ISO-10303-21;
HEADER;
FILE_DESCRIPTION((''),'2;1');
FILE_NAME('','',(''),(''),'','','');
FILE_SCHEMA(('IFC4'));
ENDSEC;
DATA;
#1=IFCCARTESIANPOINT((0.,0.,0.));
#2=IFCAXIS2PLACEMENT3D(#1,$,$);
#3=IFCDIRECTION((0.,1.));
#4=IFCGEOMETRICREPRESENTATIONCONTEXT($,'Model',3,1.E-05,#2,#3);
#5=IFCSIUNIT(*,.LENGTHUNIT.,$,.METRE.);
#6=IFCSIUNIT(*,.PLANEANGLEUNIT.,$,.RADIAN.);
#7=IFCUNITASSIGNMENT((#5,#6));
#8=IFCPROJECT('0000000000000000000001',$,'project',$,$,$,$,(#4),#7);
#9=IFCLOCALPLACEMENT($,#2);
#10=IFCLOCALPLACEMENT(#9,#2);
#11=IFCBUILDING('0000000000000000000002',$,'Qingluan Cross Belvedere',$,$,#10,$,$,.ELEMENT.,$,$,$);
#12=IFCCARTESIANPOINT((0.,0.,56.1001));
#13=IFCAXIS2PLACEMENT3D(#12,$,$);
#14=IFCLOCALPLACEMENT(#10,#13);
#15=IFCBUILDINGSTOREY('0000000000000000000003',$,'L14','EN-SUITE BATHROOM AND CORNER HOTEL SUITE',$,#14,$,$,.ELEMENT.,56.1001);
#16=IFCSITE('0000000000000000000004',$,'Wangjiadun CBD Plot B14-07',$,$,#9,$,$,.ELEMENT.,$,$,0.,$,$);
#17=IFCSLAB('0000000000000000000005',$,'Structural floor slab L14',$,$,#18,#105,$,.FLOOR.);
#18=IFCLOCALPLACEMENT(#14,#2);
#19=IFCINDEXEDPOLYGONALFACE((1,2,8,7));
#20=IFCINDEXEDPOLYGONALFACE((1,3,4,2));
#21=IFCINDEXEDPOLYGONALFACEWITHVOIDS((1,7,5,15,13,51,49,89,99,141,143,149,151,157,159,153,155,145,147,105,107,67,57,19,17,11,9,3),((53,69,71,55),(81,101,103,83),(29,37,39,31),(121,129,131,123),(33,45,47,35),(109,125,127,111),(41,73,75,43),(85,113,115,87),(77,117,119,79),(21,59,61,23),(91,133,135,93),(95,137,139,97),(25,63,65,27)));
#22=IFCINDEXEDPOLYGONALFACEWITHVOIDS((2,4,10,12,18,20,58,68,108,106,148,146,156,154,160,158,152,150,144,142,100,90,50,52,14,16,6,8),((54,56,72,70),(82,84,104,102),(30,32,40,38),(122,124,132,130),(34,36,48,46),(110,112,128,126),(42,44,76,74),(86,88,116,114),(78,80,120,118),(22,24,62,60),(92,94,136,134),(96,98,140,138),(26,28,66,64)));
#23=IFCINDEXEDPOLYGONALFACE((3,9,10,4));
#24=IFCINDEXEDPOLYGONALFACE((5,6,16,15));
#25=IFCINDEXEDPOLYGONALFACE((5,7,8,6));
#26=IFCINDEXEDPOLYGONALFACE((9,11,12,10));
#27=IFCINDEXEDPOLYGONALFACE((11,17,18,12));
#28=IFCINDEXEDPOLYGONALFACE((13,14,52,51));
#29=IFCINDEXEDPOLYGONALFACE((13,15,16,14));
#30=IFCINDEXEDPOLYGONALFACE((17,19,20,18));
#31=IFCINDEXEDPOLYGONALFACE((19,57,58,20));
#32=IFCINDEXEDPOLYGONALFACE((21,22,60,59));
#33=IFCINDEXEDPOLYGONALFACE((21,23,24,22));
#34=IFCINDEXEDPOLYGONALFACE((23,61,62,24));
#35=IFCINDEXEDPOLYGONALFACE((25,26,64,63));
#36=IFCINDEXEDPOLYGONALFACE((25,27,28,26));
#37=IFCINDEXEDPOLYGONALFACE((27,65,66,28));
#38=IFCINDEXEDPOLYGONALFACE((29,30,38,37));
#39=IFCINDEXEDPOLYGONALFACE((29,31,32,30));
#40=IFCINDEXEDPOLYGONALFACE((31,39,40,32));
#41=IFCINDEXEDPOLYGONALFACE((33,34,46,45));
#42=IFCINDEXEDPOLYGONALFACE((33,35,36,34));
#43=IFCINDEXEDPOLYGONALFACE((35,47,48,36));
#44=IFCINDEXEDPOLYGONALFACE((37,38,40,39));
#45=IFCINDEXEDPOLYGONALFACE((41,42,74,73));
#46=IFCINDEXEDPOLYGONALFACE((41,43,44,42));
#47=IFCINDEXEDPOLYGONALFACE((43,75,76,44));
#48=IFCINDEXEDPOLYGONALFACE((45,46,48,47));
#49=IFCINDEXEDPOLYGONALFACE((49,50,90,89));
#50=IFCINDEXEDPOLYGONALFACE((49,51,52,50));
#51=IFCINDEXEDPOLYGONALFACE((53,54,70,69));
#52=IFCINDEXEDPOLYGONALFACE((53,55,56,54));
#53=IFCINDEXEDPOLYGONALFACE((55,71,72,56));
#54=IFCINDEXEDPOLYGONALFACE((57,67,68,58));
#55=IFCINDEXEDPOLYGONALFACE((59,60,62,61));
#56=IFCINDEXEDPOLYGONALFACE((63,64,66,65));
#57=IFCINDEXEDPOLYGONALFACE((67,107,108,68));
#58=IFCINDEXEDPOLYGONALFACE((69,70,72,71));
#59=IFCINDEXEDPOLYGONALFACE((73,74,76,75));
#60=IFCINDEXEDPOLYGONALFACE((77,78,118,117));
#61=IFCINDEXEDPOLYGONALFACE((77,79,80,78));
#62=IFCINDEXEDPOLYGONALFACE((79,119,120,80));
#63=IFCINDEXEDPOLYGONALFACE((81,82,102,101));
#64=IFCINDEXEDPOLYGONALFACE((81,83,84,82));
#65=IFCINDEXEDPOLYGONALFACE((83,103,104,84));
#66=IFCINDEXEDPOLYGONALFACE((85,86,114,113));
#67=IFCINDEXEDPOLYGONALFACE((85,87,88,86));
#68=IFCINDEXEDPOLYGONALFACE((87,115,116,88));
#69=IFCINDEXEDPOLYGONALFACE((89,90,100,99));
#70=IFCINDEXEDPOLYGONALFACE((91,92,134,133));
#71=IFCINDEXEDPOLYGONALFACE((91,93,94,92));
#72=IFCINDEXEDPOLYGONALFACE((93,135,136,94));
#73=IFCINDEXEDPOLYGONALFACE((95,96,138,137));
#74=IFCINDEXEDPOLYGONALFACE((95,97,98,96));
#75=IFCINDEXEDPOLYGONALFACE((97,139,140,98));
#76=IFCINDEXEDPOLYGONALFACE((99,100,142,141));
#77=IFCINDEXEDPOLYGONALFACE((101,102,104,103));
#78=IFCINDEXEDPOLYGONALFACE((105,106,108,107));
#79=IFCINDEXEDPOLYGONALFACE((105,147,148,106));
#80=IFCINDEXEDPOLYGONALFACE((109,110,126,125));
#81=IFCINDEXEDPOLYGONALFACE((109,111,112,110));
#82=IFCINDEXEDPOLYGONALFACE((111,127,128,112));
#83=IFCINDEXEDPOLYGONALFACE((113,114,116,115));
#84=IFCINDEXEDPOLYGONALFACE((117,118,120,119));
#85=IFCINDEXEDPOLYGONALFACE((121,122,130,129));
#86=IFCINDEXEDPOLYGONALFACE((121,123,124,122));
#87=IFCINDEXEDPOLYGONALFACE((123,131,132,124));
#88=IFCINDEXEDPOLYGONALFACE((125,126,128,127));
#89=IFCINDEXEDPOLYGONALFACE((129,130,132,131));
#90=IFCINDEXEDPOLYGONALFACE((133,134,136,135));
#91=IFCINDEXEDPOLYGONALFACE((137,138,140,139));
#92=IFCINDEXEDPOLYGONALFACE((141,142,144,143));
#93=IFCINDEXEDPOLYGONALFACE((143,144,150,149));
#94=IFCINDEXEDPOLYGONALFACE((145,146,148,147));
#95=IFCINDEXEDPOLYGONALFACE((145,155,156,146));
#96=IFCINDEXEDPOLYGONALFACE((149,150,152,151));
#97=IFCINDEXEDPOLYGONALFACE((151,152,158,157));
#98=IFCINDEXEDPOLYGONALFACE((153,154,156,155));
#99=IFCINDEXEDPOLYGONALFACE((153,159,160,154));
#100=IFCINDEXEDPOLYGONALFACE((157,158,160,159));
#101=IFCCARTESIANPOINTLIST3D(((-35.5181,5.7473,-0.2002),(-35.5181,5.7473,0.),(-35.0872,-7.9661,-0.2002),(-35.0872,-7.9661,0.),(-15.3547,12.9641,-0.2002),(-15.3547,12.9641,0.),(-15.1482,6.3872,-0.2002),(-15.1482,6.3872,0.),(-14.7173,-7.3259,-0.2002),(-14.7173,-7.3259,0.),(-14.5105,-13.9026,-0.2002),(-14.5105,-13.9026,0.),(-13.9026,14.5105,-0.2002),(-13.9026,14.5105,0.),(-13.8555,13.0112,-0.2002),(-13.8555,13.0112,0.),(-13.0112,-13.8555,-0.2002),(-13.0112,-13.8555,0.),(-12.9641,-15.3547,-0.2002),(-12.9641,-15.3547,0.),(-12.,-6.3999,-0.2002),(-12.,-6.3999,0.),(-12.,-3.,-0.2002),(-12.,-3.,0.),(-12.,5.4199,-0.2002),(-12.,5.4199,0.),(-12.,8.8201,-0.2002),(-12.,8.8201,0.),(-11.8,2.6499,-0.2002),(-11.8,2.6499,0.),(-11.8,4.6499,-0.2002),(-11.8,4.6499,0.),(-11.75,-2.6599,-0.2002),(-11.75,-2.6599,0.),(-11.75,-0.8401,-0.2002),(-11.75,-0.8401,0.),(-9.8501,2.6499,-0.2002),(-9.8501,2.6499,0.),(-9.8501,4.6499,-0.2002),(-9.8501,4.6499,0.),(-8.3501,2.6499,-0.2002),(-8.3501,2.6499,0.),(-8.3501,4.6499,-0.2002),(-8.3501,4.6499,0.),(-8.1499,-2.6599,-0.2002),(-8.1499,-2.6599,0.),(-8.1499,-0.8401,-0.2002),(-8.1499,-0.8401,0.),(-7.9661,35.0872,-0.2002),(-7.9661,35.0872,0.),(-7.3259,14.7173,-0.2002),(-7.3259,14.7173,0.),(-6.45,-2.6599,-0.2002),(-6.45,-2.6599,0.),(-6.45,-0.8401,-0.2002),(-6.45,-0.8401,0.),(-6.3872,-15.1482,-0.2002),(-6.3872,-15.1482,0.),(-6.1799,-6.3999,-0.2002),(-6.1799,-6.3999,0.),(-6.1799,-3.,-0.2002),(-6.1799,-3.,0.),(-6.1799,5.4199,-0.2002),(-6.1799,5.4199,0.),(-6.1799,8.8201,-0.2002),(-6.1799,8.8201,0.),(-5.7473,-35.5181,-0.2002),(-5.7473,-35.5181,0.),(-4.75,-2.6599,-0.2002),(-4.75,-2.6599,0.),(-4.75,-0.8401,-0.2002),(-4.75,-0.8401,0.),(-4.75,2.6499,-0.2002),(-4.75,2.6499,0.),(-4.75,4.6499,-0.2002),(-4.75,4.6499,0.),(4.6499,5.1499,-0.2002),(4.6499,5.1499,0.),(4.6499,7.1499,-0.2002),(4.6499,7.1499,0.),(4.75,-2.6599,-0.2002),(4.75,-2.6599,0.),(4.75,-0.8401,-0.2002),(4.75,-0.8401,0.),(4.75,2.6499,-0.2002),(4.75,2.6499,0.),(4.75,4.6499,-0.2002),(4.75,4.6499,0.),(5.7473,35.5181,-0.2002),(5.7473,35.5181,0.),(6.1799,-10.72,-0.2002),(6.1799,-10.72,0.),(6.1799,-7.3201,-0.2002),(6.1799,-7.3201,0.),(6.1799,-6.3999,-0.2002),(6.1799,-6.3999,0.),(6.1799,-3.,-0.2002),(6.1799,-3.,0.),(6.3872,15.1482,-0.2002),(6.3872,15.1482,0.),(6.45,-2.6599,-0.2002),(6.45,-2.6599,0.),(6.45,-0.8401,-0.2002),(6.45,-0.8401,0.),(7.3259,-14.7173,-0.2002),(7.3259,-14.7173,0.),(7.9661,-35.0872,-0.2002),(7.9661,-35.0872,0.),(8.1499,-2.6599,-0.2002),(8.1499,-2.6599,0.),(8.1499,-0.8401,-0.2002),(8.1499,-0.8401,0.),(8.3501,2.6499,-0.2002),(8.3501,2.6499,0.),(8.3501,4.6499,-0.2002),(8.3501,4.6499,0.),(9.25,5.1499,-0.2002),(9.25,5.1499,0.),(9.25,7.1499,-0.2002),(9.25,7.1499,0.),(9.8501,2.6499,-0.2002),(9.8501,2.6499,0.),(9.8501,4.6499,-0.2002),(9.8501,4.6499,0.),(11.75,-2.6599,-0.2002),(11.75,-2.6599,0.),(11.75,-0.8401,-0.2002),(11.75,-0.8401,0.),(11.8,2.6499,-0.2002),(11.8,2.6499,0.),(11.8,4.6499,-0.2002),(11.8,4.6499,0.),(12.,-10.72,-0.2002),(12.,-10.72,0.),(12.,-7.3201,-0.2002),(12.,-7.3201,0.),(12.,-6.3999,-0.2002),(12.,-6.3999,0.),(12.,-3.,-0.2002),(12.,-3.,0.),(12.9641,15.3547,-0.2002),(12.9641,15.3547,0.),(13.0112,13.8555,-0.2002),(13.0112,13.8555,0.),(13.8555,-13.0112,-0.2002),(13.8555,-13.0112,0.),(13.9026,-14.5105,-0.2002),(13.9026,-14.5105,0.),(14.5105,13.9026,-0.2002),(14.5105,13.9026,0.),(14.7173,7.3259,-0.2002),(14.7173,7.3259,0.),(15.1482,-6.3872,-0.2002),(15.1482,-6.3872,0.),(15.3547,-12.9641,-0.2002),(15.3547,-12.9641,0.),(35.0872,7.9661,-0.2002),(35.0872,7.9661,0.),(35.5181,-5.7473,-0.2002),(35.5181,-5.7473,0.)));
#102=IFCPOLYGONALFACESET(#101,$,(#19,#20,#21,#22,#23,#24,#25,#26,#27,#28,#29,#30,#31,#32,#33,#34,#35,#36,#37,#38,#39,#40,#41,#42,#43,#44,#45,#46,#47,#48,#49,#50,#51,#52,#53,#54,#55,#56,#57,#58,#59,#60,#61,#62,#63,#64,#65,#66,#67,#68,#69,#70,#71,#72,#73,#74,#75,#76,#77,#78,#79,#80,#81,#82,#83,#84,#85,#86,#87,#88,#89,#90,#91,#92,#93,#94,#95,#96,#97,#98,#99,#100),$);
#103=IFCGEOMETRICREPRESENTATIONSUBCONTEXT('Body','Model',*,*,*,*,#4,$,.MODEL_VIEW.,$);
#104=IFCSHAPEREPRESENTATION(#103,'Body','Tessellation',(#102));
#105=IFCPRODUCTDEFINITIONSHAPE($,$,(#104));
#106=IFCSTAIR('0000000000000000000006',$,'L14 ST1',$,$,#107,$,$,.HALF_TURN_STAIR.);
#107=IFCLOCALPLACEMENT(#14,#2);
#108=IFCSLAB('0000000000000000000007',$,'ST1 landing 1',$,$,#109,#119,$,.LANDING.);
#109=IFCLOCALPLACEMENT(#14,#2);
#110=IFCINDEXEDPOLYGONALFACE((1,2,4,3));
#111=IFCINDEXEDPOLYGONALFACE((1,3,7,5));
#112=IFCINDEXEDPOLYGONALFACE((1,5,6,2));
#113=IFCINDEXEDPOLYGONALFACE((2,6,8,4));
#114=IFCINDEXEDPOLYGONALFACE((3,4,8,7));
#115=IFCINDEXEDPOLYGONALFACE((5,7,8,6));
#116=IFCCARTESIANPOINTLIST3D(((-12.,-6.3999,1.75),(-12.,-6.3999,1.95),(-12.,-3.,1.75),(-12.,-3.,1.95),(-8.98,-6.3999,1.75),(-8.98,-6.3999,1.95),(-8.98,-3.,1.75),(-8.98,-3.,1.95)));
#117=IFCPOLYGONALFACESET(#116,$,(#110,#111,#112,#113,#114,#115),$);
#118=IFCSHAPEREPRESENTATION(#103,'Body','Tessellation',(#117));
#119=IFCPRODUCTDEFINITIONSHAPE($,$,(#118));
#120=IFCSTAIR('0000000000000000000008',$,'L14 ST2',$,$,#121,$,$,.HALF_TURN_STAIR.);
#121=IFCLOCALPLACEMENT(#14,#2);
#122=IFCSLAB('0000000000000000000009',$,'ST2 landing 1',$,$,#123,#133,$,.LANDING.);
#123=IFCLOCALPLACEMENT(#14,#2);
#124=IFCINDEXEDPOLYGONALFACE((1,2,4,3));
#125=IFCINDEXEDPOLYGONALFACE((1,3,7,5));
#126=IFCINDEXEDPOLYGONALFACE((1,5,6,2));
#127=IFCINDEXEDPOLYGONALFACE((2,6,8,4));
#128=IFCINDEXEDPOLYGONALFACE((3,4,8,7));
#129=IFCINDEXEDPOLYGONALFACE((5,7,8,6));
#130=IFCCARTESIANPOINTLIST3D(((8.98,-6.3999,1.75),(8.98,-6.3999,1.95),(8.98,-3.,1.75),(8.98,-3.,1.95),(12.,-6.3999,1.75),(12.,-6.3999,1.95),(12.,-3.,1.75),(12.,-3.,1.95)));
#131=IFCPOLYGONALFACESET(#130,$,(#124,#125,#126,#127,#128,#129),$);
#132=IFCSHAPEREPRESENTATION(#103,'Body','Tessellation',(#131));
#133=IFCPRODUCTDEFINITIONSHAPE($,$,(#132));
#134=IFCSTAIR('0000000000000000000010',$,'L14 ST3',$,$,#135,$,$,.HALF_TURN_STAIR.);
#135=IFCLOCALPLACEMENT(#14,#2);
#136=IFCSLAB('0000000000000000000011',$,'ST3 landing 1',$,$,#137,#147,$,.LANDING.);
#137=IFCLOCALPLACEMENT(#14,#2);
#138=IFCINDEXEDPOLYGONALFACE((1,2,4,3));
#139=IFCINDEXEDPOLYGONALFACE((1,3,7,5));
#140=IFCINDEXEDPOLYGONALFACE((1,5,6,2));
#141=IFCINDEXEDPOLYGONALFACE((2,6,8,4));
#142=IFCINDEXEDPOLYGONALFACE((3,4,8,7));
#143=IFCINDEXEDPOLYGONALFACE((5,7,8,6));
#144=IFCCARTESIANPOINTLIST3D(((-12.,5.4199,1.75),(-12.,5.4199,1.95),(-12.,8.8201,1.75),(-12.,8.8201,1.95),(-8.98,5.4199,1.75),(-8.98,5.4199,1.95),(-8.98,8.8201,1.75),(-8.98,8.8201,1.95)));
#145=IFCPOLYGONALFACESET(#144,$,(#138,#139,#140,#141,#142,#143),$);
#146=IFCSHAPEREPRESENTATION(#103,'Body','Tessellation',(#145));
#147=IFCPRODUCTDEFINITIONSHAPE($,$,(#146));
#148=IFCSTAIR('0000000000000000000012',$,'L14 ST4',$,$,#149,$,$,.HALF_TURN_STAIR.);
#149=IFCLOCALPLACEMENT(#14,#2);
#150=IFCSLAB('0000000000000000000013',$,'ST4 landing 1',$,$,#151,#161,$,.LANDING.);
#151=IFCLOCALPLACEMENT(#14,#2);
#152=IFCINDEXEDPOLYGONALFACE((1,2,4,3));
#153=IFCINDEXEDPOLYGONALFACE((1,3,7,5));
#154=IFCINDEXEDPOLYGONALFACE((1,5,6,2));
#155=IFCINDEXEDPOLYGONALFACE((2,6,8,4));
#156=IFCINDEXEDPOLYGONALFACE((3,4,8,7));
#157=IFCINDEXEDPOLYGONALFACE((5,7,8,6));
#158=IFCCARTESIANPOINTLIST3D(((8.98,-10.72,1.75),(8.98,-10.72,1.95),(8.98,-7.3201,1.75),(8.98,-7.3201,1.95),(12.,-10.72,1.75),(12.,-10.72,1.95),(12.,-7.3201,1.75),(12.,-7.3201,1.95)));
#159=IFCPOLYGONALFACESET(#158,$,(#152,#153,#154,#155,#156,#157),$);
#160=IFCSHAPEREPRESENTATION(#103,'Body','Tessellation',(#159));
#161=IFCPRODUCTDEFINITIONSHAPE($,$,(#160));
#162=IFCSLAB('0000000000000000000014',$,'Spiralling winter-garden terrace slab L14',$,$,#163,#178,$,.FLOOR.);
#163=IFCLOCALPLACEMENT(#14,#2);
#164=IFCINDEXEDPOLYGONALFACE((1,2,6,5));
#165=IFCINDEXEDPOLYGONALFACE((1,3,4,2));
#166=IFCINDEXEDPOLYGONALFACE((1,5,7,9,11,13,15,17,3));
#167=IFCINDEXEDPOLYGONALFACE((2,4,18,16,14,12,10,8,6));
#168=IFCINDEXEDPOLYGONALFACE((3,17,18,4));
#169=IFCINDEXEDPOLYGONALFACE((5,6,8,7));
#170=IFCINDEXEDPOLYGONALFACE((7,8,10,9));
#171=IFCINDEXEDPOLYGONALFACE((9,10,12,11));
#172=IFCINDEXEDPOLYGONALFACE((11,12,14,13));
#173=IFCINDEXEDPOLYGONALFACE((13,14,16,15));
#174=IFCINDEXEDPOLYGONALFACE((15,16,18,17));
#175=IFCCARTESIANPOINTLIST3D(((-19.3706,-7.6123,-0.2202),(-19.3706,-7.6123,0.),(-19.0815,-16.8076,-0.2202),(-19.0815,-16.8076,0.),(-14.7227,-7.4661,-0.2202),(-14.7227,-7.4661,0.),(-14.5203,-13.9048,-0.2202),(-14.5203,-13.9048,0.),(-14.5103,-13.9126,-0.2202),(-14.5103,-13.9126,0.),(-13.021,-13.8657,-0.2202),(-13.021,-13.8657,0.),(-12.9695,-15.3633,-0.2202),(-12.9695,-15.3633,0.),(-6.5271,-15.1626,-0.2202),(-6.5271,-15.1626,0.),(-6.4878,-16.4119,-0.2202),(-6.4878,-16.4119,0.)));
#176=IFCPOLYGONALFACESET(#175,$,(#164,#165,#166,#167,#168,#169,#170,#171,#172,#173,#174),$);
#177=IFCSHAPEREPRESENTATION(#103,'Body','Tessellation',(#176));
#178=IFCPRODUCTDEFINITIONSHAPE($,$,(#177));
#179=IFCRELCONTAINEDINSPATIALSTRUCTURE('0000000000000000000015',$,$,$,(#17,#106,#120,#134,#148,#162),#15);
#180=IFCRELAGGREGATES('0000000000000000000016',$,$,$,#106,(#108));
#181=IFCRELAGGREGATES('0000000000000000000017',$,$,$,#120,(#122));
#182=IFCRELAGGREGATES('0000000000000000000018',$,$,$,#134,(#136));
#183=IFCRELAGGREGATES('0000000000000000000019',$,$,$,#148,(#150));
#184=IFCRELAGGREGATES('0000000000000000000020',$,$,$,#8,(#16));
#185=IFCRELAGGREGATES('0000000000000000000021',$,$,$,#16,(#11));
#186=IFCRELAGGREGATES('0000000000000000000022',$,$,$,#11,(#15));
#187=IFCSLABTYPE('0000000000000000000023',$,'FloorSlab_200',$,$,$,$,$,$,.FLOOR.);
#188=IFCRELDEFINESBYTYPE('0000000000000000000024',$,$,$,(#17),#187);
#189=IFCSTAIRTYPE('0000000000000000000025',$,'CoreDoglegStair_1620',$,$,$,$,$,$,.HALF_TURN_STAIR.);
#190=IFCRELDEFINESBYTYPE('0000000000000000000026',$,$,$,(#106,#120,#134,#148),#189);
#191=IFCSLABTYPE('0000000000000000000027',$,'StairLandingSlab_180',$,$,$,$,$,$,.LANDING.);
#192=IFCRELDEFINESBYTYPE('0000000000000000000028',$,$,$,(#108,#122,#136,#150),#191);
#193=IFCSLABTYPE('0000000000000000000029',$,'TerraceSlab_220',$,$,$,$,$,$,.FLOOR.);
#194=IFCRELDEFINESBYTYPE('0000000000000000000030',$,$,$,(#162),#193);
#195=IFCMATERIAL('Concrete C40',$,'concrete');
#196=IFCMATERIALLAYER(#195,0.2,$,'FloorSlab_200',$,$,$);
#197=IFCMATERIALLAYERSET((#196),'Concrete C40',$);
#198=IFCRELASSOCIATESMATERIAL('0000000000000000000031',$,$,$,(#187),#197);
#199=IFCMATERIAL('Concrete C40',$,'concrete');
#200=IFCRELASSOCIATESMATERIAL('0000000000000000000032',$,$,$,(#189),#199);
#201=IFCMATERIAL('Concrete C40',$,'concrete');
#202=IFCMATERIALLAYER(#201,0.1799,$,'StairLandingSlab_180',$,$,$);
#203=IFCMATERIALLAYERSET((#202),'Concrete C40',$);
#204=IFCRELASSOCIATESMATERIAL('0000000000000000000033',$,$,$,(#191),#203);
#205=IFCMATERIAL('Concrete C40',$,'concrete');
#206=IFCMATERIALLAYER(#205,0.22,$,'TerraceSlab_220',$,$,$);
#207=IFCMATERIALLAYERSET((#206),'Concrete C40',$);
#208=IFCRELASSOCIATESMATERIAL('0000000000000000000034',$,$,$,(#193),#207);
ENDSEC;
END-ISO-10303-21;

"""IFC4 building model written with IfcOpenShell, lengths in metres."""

from ifc_helpers import new_model, si_unit, direction, frame, origin, place, context, subcontext, project, spatial, polyline, outline, extrude, material, layer, layer_set, type_object, element, aggregate, save


model = new_model("IFC4")

# Units and contexts
model_context = context("Model", 3, precision=1e-05, world=origin(), true_north=direction((0.0, 1.0)))
body_context = subcontext(model_context, "Body", "Model", "MODEL_VIEW")
ifc_project = project(units=[si_unit("LENGTHUNIT", "METRE"), si_unit("PLANEANGLEUNIT", "RADIAN")], contexts=[model_context])

# Site, building, storey
site_placement = place(None, origin())
site = spatial("IfcSite", under=ifc_project, at=site_placement, Name="Wangjiadun CBD Plot B14-07", CompositionType="ELEMENT", RefElevation=0.0)
building_placement = place(site_placement, origin())
building = spatial("IfcBuilding", under=site, at=building_placement, Name="Qingluan Cross Belvedere", CompositionType="ELEMENT")
storey_placement = place(building_placement, frame((0.0, 0.0, 56.1001)))
storey = spatial("IfcBuildingStorey", under=building, at=storey_placement, Name="L14", Description="EN-SUITE BATHROOM AND CORNER HOTEL SUITE", CompositionType="ELEMENT", Elevation=56.1001)

# Slab
ifc_material_1 = material(Name="Concrete C40", Category="concrete")
ifc_layer_1 = layer(ifc_material_1, 0.2, Name="FloorSlab_200")
ifc_layer_set_1 = layer_set([ifc_layer_1], Name="Concrete C40")
slab_type_1 = type_object("IfcSlabType", Name="FloorSlab_200", PredefinedType="FLOOR", material=ifc_layer_set_1)
slab_1_placement = place(storey_placement, frame((0.0, 0.0, -0.2002)))
element("IfcSlab", 1, at=slab_1_placement, inside=storey, type_object=slab_type_1, Name="Structural floor slab L14", PredefinedType="FLOOR", context=body_context, shape_type="SweptSolid", body=[
    extrude(outline(polyline([(7.9661, -35.0872), (7.3259, -14.7173), (13.9026, -14.5105), (13.8555, -13.0112), (15.3547, -12.9641), (15.1482, -6.3872), (35.5181, -5.7473), (35.0872, 7.9661), (14.7173, 7.3259), (14.5105, 13.9026), (13.0112, 13.8555), (12.9641, 15.3547), (6.3872, 15.1482), (5.7473, 35.5181), (-7.9661, 35.0872), (-7.3259, 14.7173), (-13.9026, 14.5105), (-13.8555, 13.0112), (-15.3547, 12.9641), (-15.1482, 6.3872), (-35.5181, 5.7473), (-35.0872, -7.9661), (-14.7173, -7.3259), (-14.5105, -13.9026), (-13.0112, -13.8555), (-12.9641, -15.3547), (-6.3872, -15.1482), (-5.7473, -35.5181), (7.9661, -35.0872)]), holes=[polyline([(-12.0, -3.0), (-6.1799, -3.0), (-6.1799, -6.3999), (-12.0, -6.3999), (-12.0, -3.0)]), polyline([(6.1799, -3.0), (12.0, -3.0), (12.0, -6.3999), (6.1799, -6.3999), (6.1799, -3.0)]), polyline([(-12.0, 8.8201), (-6.1799, 8.8201), (-6.1799, 5.4199), (-12.0, 5.4199), (-12.0, 8.8201)]), polyline([(6.1799, -7.3201), (12.0, -7.3201), (12.0, -10.72), (6.1799, -10.72), (6.1799, -7.3201)]), polyline([(-11.8, 4.6499), (-9.8501, 4.6499), (-9.8501, 2.6499), (-11.8, 2.6499), (-11.8, 4.6499)]), polyline([(-8.3501, 4.6499), (-4.75, 4.6499), (-4.75, 2.6499), (-8.3501, 2.6499), (-8.3501, 4.6499)]), polyline([(4.75, 4.6499), (8.3501, 4.6499), (8.3501, 2.6499), (4.75, 2.6499), (4.75, 4.6499)]), polyline([(9.8501, 4.6499), (11.8, 4.6499), (11.8, 2.6499), (9.8501, 2.6499), (9.8501, 4.6499)]), polyline([(-11.75, -0.8401), (-8.1499, -0.8401), (-8.1499, -2.6599), (-11.75, -2.6599), (-11.75, -0.8401)]), polyline([(-6.45, -0.8401), (-4.75, -0.8401), (-4.75, -2.6599), (-6.45, -2.6599), (-6.45, -0.8401)]), polyline([(4.75, -0.8401), (6.45, -0.8401), (6.45, -2.6599), (4.75, -2.6599), (4.75, -0.8401)]), polyline([(8.1499, -0.8401), (11.75, -0.8401), (11.75, -2.6599), (8.1499, -2.6599), (8.1499, -0.8401)]), polyline([(4.6499, 7.1499), (9.25, 7.1499), (9.25, 5.1499), (4.6499, 5.1499), (4.6499, 7.1499)])]), origin(), (0.0, 0.0, 1.0), 0.2002),
])

# Stairs, slabs
ifc_material_2 = material(Name="Concrete C40", Category="concrete")
stair_type = type_object("IfcStairType", Name="CoreDoglegStair_1620", PredefinedType="HALF_TURN_STAIR", material=ifc_material_2)
stair_1_placement = place(storey_placement, origin())
stair_1 = element("IfcStair", 2, at=stair_1_placement, inside=storey, type_object=stair_type, Name="L14 ST1", PredefinedType="HALF_TURN_STAIR")
ifc_material_3 = material(Name="Concrete C40", Category="concrete")
ifc_layer_2 = layer(ifc_material_3, 0.1799, Name="StairLandingSlab_180")
ifc_layer_set_2 = layer_set([ifc_layer_2], Name="Concrete C40")
slab_type_2 = type_object("IfcSlabType", Name="StairLandingSlab_180", PredefinedType="LANDING", material=ifc_layer_set_2)
slab_2_placement = place(storey_placement, frame((0.0, 0.0, 1.75)))
slab_2 = element("IfcSlab", 3, at=slab_2_placement, type_object=slab_type_2, Name="ST1 landing 1", PredefinedType="LANDING", context=body_context, shape_type="SweptSolid", body=[
    extrude(outline(polyline([(-8.98, -3.0), (-12.0, -3.0), (-12.0, -6.3999), (-8.98, -6.3999), (-8.98, -3.0)])), origin(), (0.0, 0.0, 1.0), 0.2),
])
aggregate(stair_1, [slab_2])
stair_2_placement = place(storey_placement, origin())
stair_2 = element("IfcStair", 4, at=stair_2_placement, inside=storey, type_object=stair_type, Name="L14 ST2", PredefinedType="HALF_TURN_STAIR")
slab_3_placement = place(storey_placement, frame((0.0, 0.0, 1.75)))
slab_3 = element("IfcSlab", 5, at=slab_3_placement, type_object=slab_type_2, Name="ST2 landing 1", PredefinedType="LANDING", context=body_context, shape_type="SweptSolid", body=[
    extrude(outline(polyline([(8.98, -6.3999), (12.0, -6.3999), (12.0, -3.0), (8.98, -3.0), (8.98, -6.3999)])), origin(), (0.0, 0.0, 1.0), 0.2),
])
aggregate(stair_2, [slab_3])
stair_3_placement = place(storey_placement, origin())
stair_3 = element("IfcStair", 6, at=stair_3_placement, inside=storey, type_object=stair_type, Name="L14 ST3", PredefinedType="HALF_TURN_STAIR")
slab_4_placement = place(storey_placement, frame((0.0, 0.0, 1.75)))
slab_4 = element("IfcSlab", 7, at=slab_4_placement, type_object=slab_type_2, Name="ST3 landing 1", PredefinedType="LANDING", context=body_context, shape_type="SweptSolid", body=[
    extrude(outline(polyline([(-8.98, 8.8201), (-12.0, 8.8201), (-12.0, 5.4199), (-8.98, 5.4199), (-8.98, 8.8201)])), origin(), (0.0, 0.0, 1.0), 0.2),
])
aggregate(stair_3, [slab_4])
stair_4_placement = place(storey_placement, origin())
stair_4 = element("IfcStair", 8, at=stair_4_placement, inside=storey, type_object=stair_type, Name="L14 ST4", PredefinedType="HALF_TURN_STAIR")
slab_5_placement = place(storey_placement, frame((0.0, 0.0, 1.75)))
slab_5 = element("IfcSlab", 9, at=slab_5_placement, type_object=slab_type_2, Name="ST4 landing 1", PredefinedType="LANDING", context=body_context, shape_type="SweptSolid", body=[
    extrude(outline(polyline([(8.98, -10.72), (12.0, -10.72), (12.0, -7.3201), (8.98, -7.3201), (8.98, -10.72)])), origin(), (0.0, 0.0, 1.0), 0.2),
])
aggregate(stair_4, [slab_5])

# Slab
ifc_material_4 = material(Name="Concrete C40", Category="concrete")
ifc_layer_3 = layer(ifc_material_4, 0.22, Name="TerraceSlab_220")
ifc_layer_set_3 = layer_set([ifc_layer_3], Name="Concrete C40")
slab_type_3 = type_object("IfcSlabType", Name="TerraceSlab_220", PredefinedType="FLOOR", material=ifc_layer_set_3)
slab_6_placement = place(storey_placement, frame((0.0, 0.0, -0.2202)))
element("IfcSlab", 10, at=slab_6_placement, inside=storey, type_object=slab_type_3, Name="Spiralling winter-garden terrace slab L14", PredefinedType="FLOOR", context=body_context, shape_type="SweptSolid", body=[
    extrude(outline(polyline([(-6.5271, -15.1626), (-12.9695, -15.3633), (-13.021, -13.8657), (-14.5103, -13.9126), (-14.5203, -13.9048), (-14.7227, -7.4661), (-19.3706, -7.6123), (-19.0815, -16.8076), (-6.4878, -16.4119), (-6.5271, -15.1626)])), origin(), (0.0, 0.0, 1.0), 0.2202),
])

save(model, "model.ifc")
